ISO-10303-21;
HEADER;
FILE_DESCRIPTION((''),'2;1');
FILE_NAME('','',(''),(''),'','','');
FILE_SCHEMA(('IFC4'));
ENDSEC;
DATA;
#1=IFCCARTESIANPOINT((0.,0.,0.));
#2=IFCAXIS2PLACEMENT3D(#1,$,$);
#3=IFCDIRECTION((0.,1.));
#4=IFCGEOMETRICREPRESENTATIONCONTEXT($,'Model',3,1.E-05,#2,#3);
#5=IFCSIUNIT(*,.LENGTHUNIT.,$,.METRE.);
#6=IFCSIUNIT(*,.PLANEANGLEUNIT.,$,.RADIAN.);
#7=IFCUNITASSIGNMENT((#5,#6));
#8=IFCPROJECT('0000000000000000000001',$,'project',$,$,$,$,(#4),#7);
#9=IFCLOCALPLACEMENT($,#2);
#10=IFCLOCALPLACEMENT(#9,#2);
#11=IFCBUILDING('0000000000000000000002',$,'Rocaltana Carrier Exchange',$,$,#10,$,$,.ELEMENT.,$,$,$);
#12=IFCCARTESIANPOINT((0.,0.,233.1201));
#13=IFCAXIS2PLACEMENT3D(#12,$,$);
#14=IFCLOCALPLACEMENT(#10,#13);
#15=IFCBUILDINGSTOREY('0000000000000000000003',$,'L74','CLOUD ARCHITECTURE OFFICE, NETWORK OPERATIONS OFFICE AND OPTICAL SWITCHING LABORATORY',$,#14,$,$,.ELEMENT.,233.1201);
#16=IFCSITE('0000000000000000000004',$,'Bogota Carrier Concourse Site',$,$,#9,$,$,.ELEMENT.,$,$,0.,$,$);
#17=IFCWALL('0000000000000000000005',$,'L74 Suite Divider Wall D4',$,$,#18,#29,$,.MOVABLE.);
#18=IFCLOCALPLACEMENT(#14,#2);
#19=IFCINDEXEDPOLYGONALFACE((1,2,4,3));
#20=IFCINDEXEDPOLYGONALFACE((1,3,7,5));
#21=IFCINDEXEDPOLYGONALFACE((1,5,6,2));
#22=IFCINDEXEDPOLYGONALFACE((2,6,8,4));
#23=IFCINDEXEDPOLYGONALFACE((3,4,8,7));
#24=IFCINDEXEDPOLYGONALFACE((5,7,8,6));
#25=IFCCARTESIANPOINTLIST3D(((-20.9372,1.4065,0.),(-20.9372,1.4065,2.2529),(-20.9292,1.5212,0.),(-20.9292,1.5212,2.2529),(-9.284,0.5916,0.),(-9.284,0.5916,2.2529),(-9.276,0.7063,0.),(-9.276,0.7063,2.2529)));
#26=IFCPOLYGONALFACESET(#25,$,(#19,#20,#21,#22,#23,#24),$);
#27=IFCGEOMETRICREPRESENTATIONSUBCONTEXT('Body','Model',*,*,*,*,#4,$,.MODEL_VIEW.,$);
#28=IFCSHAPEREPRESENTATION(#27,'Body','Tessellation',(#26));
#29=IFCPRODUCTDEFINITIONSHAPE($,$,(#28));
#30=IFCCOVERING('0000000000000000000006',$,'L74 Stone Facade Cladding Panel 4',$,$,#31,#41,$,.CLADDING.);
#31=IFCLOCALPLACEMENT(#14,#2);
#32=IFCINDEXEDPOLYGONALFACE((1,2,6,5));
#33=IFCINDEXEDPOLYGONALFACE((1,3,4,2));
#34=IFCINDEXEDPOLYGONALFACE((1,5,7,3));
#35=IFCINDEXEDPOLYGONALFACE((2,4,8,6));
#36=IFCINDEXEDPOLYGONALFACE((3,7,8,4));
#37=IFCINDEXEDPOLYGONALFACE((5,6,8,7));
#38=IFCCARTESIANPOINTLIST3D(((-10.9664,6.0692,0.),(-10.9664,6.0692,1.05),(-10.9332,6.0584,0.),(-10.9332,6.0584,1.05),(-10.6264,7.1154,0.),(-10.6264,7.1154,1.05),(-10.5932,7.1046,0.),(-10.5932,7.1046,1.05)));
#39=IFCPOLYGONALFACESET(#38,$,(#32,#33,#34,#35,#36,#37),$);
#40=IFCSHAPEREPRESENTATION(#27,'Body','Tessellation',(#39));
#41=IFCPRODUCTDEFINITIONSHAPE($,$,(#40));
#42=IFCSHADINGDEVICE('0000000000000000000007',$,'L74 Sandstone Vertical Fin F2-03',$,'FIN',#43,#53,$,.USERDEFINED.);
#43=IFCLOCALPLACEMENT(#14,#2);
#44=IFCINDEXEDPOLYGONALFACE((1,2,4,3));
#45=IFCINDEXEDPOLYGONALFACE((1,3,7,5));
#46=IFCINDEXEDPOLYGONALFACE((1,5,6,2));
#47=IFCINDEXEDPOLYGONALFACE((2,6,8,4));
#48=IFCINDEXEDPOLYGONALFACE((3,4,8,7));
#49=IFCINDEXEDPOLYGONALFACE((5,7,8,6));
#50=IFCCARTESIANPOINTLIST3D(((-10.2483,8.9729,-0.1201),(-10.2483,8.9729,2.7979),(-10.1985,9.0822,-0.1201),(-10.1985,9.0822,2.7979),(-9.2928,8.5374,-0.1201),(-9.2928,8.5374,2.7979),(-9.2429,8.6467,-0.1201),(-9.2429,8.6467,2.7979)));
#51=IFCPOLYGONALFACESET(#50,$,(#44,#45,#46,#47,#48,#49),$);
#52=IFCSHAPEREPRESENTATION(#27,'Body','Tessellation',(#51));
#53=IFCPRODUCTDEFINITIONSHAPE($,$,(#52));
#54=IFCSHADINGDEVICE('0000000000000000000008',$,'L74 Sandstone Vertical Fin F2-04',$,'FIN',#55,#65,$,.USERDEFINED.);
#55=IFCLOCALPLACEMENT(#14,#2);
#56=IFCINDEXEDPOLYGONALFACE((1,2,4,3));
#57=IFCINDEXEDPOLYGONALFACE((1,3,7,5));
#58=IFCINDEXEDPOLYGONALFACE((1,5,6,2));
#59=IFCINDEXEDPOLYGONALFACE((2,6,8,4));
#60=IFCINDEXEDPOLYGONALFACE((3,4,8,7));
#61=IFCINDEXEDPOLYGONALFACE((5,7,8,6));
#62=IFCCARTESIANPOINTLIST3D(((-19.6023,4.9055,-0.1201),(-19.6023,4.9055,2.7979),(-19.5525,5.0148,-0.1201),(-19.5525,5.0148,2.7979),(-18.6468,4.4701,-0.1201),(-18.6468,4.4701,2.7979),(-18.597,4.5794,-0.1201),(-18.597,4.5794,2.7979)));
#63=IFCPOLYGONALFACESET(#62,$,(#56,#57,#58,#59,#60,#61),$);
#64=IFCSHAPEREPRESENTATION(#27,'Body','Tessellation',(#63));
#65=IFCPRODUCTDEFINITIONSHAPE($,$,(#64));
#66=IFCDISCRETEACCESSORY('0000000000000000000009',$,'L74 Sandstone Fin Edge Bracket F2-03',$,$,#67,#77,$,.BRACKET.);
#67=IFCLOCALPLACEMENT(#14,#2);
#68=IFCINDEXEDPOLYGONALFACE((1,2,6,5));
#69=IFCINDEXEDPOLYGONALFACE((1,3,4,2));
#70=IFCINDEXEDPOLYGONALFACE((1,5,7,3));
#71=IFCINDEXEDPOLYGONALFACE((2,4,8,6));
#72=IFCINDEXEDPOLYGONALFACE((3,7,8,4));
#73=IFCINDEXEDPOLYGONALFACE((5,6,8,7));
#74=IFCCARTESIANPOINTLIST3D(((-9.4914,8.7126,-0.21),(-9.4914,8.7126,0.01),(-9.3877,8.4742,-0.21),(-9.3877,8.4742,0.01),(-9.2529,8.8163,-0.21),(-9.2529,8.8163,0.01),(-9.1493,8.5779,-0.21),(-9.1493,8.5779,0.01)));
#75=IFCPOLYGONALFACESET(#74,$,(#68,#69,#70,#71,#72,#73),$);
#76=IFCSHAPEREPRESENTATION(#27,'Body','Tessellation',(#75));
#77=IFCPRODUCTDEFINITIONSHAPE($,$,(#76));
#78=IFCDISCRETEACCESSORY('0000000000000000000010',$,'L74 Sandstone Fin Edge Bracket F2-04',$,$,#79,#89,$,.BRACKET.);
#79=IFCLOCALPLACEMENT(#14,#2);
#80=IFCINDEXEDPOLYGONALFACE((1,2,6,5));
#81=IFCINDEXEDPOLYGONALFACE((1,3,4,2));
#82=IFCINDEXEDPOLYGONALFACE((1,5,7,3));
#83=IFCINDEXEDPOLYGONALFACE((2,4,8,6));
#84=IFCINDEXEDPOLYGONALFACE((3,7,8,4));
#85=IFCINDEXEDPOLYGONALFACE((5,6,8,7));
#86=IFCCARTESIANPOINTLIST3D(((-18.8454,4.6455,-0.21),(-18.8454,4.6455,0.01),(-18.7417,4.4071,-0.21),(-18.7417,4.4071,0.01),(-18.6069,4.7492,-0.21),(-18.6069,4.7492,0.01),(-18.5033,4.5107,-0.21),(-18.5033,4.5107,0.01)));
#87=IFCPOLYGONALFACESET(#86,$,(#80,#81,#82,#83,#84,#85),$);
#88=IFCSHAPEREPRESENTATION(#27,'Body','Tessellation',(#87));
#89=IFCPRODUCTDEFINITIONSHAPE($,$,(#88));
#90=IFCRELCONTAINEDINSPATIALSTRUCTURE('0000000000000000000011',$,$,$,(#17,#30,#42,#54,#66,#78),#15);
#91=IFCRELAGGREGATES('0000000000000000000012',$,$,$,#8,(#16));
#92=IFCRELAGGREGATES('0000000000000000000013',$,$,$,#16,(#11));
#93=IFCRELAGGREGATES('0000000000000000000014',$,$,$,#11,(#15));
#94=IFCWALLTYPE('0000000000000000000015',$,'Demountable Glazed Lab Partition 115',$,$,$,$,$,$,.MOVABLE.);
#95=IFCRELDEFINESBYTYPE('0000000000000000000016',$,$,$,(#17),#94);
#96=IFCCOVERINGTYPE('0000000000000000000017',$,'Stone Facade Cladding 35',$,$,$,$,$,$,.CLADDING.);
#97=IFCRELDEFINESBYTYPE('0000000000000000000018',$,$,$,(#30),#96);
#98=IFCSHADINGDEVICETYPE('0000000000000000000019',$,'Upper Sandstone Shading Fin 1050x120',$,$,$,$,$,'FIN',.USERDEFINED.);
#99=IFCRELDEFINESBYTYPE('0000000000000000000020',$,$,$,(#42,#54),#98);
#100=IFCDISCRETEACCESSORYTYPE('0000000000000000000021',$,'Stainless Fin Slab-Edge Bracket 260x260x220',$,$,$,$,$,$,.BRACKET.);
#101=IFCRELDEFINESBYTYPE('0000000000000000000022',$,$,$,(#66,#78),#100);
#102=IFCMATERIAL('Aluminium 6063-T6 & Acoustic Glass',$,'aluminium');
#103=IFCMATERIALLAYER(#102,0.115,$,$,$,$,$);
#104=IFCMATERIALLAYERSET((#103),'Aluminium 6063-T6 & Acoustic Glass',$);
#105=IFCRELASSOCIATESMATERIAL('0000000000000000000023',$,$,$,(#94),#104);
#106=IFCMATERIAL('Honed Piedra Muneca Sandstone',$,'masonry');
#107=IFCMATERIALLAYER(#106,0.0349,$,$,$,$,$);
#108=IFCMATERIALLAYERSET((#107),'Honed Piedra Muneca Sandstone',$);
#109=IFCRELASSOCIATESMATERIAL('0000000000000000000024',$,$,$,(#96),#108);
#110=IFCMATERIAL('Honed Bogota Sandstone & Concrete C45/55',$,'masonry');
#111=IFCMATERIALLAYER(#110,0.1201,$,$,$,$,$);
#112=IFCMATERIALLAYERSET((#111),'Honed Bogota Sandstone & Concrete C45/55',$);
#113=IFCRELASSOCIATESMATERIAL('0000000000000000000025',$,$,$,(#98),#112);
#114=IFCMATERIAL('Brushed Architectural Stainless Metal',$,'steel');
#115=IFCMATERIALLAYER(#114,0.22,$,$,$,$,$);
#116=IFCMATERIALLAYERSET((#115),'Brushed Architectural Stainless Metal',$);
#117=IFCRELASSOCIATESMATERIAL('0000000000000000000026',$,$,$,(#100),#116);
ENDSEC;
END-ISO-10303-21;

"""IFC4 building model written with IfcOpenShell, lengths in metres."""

from ifc_helpers import new_model, si_unit, direction, frame, frame_2d, origin, origin_2d, place, context, subcontext, project, spatial, rectangle, extrude, material, layer, layer_set, type_object, element, save


model = new_model("IFC4")

# Units and contexts
model_context = context("Model", 3, precision=1e-05, world=origin(), true_north=direction((0.0, 1.0)))
body_context = subcontext(model_context, "Body", "Model", "MODEL_VIEW")
ifc_project = project(units=[si_unit("LENGTHUNIT", "METRE"), si_unit("PLANEANGLEUNIT", "RADIAN")], contexts=[model_context])

# Site, building, storey
site_placement = place(None, origin())
site = spatial("IfcSite", under=ifc_project, at=site_placement, Name="Bogota Carrier Concourse Site", CompositionType="ELEMENT", RefElevation=0.0)
building_placement = place(site_placement, origin())
building = spatial("IfcBuilding", under=site, at=building_placement, Name="Rocaltana Carrier Exchange", CompositionType="ELEMENT")
storey_placement = place(building_placement, frame((0.0, 0.0, 233.1201)))
storey = spatial("IfcBuildingStorey", under=building, at=storey_placement, Name="L74", Description="CLOUD ARCHITECTURE OFFICE, NETWORK OPERATIONS OFFICE AND OPTICAL SWITCHING LABORATORY", CompositionType="ELEMENT", Elevation=233.1201)

# Wall
ifc_material_1 = material(Name="Aluminium 6063-T6 & Acoustic Glass", Category="aluminium")
ifc_layer_1 = layer(ifc_material_1, 0.115)
ifc_layer_set_1 = layer_set([ifc_layer_1], Name="Aluminium 6063-T6 & Acoustic Glass")
wall_type_1 = type_object("IfcWallType", Name="Demountable Glazed Lab Partition 115", PredefinedType="MOVABLE", material=ifc_layer_set_1)
wall_1_placement = place(storey_placement, frame((-9.28, 0.6489, 0.0), z_axis=(0.0, 0.0, 1.0), x_axis=(-0.997564, 0.069763, 0.0)))
element("IfcWall", 1, at=wall_1_placement, inside=storey, type_object=wall_type_1, Name="L74 Suite Divider Wall D4", PredefinedType="MOVABLE", context=body_context, shape_type="SweptSolid", body=[
    extrude(rectangle(XDim=11.6816, YDim=0.115, at=frame_2d((5.8408, 0.0))), origin(), (0.0, 0.0, 1.0), 2.2529),
])

# Covering
ifc_material_2 = material(Name="Honed Piedra Muneca Sandstone", Category="masonry")
ifc_layer_2 = layer(ifc_material_2, 0.0349)
ifc_layer_set_2 = layer_set([ifc_layer_2], Name="Honed Piedra Muneca Sandstone")
covering_type = type_object("IfcCoveringType", Name="Stone Facade Cladding 35", PredefinedType="CLADDING", material=ifc_layer_set_2)
covering_placement = place(storey_placement, frame((-10.7798, 6.5869, 0.0), z_axis=(0.0, 0.0, 1.0), x_axis=(0.309017, 0.951057, 0.0)))
element("IfcCovering", 2, at=covering_placement, inside=storey, type_object=covering_type, Name="L74 Stone Facade Cladding Panel 4", PredefinedType="CLADDING", context=body_context, shape_type="SweptSolid", body=[
    extrude(rectangle(XDim=1.1001, YDim=0.0349, at=origin_2d()), origin(), (0.0, 0.0, 1.0), 1.05),
])

# Shading devices
ifc_material_3 = material(Name="Honed Bogota Sandstone & Concrete C45/55", Category="masonry")
ifc_layer_3 = layer(ifc_material_3, 0.1201)
ifc_layer_set_3 = layer_set([ifc_layer_3], Name="Honed Bogota Sandstone & Concrete C45/55")
shading_device_type = type_object("IfcShadingDeviceType", Name="Upper Sandstone Shading Fin 1050x120", ElementType="FIN", PredefinedType="USERDEFINED", material=ifc_layer_set_3)
for number, where, z_axis, x_axis, name in (
    (3, (-9.7456, 8.8098, -0.1201), (0.0, 0.0, 1.0), (-0.909961, 0.414693, 0.0), "L74 Sandstone Vertical Fin F2-03"),
    (4, (-19.0996, 4.7424, -0.1201), (0.0, 0.0, 1.0), (-0.909961, 0.414693, 0.0), "L74 Sandstone Vertical Fin F2-04"),
):
    element("IfcShadingDevice", number, at=place(storey_placement, frame(where, z_axis=z_axis, x_axis=x_axis)), inside=storey, type_object=shading_device_type, Name=name, ObjectType="FIN", PredefinedType="USERDEFINED", context=body_context, shape_type="SweptSolid", body=[
        extrude(rectangle(XDim=1.05, YDim=0.1201, at=origin_2d()), origin(), (0.0, 0.0, 1.0), 2.918),
    ])

# Discrete accessories
ifc_material_4 = material(Name="Brushed Architectural Stainless Metal", Category="steel")
ifc_layer_4 = layer(ifc_material_4, 0.22)
ifc_layer_set_4 = layer_set([ifc_layer_4], Name="Brushed Architectural Stainless Metal")
discrete_accessory_type = type_object("IfcDiscreteAccessoryType", Name="Stainless Fin Slab-Edge Bracket 260x260x220", PredefinedType="BRACKET", material=ifc_layer_set_4)
for number, where, z_axis, x_axis, name in (
    (5, (-9.3203, 8.6453, -0.21), (0.0, 0.0, 1.0), (-0.91706, -0.398749, 0.0), "L74 Sandstone Fin Edge Bracket F2-03"),
    (6, (-18.6743, 4.5781, -0.21), (0.0, 0.0, 1.0), (-0.91706, -0.398749, 0.0), "L74 Sandstone Fin Edge Bracket F2-04"),
):
    element("IfcDiscreteAccessory", number, at=place(storey_placement, frame(where, z_axis=z_axis, x_axis=x_axis)), inside=storey, type_object=discrete_accessory_type, Name=name, PredefinedType="BRACKET", context=body_context, shape_type="SweptSolid", body=[
        extrude(rectangle(XDim=0.26, YDim=0.26, at=origin_2d()), origin(), (0.0, 0.0, 1.0), 0.22),
    ])

save(model, "model.ifc")
